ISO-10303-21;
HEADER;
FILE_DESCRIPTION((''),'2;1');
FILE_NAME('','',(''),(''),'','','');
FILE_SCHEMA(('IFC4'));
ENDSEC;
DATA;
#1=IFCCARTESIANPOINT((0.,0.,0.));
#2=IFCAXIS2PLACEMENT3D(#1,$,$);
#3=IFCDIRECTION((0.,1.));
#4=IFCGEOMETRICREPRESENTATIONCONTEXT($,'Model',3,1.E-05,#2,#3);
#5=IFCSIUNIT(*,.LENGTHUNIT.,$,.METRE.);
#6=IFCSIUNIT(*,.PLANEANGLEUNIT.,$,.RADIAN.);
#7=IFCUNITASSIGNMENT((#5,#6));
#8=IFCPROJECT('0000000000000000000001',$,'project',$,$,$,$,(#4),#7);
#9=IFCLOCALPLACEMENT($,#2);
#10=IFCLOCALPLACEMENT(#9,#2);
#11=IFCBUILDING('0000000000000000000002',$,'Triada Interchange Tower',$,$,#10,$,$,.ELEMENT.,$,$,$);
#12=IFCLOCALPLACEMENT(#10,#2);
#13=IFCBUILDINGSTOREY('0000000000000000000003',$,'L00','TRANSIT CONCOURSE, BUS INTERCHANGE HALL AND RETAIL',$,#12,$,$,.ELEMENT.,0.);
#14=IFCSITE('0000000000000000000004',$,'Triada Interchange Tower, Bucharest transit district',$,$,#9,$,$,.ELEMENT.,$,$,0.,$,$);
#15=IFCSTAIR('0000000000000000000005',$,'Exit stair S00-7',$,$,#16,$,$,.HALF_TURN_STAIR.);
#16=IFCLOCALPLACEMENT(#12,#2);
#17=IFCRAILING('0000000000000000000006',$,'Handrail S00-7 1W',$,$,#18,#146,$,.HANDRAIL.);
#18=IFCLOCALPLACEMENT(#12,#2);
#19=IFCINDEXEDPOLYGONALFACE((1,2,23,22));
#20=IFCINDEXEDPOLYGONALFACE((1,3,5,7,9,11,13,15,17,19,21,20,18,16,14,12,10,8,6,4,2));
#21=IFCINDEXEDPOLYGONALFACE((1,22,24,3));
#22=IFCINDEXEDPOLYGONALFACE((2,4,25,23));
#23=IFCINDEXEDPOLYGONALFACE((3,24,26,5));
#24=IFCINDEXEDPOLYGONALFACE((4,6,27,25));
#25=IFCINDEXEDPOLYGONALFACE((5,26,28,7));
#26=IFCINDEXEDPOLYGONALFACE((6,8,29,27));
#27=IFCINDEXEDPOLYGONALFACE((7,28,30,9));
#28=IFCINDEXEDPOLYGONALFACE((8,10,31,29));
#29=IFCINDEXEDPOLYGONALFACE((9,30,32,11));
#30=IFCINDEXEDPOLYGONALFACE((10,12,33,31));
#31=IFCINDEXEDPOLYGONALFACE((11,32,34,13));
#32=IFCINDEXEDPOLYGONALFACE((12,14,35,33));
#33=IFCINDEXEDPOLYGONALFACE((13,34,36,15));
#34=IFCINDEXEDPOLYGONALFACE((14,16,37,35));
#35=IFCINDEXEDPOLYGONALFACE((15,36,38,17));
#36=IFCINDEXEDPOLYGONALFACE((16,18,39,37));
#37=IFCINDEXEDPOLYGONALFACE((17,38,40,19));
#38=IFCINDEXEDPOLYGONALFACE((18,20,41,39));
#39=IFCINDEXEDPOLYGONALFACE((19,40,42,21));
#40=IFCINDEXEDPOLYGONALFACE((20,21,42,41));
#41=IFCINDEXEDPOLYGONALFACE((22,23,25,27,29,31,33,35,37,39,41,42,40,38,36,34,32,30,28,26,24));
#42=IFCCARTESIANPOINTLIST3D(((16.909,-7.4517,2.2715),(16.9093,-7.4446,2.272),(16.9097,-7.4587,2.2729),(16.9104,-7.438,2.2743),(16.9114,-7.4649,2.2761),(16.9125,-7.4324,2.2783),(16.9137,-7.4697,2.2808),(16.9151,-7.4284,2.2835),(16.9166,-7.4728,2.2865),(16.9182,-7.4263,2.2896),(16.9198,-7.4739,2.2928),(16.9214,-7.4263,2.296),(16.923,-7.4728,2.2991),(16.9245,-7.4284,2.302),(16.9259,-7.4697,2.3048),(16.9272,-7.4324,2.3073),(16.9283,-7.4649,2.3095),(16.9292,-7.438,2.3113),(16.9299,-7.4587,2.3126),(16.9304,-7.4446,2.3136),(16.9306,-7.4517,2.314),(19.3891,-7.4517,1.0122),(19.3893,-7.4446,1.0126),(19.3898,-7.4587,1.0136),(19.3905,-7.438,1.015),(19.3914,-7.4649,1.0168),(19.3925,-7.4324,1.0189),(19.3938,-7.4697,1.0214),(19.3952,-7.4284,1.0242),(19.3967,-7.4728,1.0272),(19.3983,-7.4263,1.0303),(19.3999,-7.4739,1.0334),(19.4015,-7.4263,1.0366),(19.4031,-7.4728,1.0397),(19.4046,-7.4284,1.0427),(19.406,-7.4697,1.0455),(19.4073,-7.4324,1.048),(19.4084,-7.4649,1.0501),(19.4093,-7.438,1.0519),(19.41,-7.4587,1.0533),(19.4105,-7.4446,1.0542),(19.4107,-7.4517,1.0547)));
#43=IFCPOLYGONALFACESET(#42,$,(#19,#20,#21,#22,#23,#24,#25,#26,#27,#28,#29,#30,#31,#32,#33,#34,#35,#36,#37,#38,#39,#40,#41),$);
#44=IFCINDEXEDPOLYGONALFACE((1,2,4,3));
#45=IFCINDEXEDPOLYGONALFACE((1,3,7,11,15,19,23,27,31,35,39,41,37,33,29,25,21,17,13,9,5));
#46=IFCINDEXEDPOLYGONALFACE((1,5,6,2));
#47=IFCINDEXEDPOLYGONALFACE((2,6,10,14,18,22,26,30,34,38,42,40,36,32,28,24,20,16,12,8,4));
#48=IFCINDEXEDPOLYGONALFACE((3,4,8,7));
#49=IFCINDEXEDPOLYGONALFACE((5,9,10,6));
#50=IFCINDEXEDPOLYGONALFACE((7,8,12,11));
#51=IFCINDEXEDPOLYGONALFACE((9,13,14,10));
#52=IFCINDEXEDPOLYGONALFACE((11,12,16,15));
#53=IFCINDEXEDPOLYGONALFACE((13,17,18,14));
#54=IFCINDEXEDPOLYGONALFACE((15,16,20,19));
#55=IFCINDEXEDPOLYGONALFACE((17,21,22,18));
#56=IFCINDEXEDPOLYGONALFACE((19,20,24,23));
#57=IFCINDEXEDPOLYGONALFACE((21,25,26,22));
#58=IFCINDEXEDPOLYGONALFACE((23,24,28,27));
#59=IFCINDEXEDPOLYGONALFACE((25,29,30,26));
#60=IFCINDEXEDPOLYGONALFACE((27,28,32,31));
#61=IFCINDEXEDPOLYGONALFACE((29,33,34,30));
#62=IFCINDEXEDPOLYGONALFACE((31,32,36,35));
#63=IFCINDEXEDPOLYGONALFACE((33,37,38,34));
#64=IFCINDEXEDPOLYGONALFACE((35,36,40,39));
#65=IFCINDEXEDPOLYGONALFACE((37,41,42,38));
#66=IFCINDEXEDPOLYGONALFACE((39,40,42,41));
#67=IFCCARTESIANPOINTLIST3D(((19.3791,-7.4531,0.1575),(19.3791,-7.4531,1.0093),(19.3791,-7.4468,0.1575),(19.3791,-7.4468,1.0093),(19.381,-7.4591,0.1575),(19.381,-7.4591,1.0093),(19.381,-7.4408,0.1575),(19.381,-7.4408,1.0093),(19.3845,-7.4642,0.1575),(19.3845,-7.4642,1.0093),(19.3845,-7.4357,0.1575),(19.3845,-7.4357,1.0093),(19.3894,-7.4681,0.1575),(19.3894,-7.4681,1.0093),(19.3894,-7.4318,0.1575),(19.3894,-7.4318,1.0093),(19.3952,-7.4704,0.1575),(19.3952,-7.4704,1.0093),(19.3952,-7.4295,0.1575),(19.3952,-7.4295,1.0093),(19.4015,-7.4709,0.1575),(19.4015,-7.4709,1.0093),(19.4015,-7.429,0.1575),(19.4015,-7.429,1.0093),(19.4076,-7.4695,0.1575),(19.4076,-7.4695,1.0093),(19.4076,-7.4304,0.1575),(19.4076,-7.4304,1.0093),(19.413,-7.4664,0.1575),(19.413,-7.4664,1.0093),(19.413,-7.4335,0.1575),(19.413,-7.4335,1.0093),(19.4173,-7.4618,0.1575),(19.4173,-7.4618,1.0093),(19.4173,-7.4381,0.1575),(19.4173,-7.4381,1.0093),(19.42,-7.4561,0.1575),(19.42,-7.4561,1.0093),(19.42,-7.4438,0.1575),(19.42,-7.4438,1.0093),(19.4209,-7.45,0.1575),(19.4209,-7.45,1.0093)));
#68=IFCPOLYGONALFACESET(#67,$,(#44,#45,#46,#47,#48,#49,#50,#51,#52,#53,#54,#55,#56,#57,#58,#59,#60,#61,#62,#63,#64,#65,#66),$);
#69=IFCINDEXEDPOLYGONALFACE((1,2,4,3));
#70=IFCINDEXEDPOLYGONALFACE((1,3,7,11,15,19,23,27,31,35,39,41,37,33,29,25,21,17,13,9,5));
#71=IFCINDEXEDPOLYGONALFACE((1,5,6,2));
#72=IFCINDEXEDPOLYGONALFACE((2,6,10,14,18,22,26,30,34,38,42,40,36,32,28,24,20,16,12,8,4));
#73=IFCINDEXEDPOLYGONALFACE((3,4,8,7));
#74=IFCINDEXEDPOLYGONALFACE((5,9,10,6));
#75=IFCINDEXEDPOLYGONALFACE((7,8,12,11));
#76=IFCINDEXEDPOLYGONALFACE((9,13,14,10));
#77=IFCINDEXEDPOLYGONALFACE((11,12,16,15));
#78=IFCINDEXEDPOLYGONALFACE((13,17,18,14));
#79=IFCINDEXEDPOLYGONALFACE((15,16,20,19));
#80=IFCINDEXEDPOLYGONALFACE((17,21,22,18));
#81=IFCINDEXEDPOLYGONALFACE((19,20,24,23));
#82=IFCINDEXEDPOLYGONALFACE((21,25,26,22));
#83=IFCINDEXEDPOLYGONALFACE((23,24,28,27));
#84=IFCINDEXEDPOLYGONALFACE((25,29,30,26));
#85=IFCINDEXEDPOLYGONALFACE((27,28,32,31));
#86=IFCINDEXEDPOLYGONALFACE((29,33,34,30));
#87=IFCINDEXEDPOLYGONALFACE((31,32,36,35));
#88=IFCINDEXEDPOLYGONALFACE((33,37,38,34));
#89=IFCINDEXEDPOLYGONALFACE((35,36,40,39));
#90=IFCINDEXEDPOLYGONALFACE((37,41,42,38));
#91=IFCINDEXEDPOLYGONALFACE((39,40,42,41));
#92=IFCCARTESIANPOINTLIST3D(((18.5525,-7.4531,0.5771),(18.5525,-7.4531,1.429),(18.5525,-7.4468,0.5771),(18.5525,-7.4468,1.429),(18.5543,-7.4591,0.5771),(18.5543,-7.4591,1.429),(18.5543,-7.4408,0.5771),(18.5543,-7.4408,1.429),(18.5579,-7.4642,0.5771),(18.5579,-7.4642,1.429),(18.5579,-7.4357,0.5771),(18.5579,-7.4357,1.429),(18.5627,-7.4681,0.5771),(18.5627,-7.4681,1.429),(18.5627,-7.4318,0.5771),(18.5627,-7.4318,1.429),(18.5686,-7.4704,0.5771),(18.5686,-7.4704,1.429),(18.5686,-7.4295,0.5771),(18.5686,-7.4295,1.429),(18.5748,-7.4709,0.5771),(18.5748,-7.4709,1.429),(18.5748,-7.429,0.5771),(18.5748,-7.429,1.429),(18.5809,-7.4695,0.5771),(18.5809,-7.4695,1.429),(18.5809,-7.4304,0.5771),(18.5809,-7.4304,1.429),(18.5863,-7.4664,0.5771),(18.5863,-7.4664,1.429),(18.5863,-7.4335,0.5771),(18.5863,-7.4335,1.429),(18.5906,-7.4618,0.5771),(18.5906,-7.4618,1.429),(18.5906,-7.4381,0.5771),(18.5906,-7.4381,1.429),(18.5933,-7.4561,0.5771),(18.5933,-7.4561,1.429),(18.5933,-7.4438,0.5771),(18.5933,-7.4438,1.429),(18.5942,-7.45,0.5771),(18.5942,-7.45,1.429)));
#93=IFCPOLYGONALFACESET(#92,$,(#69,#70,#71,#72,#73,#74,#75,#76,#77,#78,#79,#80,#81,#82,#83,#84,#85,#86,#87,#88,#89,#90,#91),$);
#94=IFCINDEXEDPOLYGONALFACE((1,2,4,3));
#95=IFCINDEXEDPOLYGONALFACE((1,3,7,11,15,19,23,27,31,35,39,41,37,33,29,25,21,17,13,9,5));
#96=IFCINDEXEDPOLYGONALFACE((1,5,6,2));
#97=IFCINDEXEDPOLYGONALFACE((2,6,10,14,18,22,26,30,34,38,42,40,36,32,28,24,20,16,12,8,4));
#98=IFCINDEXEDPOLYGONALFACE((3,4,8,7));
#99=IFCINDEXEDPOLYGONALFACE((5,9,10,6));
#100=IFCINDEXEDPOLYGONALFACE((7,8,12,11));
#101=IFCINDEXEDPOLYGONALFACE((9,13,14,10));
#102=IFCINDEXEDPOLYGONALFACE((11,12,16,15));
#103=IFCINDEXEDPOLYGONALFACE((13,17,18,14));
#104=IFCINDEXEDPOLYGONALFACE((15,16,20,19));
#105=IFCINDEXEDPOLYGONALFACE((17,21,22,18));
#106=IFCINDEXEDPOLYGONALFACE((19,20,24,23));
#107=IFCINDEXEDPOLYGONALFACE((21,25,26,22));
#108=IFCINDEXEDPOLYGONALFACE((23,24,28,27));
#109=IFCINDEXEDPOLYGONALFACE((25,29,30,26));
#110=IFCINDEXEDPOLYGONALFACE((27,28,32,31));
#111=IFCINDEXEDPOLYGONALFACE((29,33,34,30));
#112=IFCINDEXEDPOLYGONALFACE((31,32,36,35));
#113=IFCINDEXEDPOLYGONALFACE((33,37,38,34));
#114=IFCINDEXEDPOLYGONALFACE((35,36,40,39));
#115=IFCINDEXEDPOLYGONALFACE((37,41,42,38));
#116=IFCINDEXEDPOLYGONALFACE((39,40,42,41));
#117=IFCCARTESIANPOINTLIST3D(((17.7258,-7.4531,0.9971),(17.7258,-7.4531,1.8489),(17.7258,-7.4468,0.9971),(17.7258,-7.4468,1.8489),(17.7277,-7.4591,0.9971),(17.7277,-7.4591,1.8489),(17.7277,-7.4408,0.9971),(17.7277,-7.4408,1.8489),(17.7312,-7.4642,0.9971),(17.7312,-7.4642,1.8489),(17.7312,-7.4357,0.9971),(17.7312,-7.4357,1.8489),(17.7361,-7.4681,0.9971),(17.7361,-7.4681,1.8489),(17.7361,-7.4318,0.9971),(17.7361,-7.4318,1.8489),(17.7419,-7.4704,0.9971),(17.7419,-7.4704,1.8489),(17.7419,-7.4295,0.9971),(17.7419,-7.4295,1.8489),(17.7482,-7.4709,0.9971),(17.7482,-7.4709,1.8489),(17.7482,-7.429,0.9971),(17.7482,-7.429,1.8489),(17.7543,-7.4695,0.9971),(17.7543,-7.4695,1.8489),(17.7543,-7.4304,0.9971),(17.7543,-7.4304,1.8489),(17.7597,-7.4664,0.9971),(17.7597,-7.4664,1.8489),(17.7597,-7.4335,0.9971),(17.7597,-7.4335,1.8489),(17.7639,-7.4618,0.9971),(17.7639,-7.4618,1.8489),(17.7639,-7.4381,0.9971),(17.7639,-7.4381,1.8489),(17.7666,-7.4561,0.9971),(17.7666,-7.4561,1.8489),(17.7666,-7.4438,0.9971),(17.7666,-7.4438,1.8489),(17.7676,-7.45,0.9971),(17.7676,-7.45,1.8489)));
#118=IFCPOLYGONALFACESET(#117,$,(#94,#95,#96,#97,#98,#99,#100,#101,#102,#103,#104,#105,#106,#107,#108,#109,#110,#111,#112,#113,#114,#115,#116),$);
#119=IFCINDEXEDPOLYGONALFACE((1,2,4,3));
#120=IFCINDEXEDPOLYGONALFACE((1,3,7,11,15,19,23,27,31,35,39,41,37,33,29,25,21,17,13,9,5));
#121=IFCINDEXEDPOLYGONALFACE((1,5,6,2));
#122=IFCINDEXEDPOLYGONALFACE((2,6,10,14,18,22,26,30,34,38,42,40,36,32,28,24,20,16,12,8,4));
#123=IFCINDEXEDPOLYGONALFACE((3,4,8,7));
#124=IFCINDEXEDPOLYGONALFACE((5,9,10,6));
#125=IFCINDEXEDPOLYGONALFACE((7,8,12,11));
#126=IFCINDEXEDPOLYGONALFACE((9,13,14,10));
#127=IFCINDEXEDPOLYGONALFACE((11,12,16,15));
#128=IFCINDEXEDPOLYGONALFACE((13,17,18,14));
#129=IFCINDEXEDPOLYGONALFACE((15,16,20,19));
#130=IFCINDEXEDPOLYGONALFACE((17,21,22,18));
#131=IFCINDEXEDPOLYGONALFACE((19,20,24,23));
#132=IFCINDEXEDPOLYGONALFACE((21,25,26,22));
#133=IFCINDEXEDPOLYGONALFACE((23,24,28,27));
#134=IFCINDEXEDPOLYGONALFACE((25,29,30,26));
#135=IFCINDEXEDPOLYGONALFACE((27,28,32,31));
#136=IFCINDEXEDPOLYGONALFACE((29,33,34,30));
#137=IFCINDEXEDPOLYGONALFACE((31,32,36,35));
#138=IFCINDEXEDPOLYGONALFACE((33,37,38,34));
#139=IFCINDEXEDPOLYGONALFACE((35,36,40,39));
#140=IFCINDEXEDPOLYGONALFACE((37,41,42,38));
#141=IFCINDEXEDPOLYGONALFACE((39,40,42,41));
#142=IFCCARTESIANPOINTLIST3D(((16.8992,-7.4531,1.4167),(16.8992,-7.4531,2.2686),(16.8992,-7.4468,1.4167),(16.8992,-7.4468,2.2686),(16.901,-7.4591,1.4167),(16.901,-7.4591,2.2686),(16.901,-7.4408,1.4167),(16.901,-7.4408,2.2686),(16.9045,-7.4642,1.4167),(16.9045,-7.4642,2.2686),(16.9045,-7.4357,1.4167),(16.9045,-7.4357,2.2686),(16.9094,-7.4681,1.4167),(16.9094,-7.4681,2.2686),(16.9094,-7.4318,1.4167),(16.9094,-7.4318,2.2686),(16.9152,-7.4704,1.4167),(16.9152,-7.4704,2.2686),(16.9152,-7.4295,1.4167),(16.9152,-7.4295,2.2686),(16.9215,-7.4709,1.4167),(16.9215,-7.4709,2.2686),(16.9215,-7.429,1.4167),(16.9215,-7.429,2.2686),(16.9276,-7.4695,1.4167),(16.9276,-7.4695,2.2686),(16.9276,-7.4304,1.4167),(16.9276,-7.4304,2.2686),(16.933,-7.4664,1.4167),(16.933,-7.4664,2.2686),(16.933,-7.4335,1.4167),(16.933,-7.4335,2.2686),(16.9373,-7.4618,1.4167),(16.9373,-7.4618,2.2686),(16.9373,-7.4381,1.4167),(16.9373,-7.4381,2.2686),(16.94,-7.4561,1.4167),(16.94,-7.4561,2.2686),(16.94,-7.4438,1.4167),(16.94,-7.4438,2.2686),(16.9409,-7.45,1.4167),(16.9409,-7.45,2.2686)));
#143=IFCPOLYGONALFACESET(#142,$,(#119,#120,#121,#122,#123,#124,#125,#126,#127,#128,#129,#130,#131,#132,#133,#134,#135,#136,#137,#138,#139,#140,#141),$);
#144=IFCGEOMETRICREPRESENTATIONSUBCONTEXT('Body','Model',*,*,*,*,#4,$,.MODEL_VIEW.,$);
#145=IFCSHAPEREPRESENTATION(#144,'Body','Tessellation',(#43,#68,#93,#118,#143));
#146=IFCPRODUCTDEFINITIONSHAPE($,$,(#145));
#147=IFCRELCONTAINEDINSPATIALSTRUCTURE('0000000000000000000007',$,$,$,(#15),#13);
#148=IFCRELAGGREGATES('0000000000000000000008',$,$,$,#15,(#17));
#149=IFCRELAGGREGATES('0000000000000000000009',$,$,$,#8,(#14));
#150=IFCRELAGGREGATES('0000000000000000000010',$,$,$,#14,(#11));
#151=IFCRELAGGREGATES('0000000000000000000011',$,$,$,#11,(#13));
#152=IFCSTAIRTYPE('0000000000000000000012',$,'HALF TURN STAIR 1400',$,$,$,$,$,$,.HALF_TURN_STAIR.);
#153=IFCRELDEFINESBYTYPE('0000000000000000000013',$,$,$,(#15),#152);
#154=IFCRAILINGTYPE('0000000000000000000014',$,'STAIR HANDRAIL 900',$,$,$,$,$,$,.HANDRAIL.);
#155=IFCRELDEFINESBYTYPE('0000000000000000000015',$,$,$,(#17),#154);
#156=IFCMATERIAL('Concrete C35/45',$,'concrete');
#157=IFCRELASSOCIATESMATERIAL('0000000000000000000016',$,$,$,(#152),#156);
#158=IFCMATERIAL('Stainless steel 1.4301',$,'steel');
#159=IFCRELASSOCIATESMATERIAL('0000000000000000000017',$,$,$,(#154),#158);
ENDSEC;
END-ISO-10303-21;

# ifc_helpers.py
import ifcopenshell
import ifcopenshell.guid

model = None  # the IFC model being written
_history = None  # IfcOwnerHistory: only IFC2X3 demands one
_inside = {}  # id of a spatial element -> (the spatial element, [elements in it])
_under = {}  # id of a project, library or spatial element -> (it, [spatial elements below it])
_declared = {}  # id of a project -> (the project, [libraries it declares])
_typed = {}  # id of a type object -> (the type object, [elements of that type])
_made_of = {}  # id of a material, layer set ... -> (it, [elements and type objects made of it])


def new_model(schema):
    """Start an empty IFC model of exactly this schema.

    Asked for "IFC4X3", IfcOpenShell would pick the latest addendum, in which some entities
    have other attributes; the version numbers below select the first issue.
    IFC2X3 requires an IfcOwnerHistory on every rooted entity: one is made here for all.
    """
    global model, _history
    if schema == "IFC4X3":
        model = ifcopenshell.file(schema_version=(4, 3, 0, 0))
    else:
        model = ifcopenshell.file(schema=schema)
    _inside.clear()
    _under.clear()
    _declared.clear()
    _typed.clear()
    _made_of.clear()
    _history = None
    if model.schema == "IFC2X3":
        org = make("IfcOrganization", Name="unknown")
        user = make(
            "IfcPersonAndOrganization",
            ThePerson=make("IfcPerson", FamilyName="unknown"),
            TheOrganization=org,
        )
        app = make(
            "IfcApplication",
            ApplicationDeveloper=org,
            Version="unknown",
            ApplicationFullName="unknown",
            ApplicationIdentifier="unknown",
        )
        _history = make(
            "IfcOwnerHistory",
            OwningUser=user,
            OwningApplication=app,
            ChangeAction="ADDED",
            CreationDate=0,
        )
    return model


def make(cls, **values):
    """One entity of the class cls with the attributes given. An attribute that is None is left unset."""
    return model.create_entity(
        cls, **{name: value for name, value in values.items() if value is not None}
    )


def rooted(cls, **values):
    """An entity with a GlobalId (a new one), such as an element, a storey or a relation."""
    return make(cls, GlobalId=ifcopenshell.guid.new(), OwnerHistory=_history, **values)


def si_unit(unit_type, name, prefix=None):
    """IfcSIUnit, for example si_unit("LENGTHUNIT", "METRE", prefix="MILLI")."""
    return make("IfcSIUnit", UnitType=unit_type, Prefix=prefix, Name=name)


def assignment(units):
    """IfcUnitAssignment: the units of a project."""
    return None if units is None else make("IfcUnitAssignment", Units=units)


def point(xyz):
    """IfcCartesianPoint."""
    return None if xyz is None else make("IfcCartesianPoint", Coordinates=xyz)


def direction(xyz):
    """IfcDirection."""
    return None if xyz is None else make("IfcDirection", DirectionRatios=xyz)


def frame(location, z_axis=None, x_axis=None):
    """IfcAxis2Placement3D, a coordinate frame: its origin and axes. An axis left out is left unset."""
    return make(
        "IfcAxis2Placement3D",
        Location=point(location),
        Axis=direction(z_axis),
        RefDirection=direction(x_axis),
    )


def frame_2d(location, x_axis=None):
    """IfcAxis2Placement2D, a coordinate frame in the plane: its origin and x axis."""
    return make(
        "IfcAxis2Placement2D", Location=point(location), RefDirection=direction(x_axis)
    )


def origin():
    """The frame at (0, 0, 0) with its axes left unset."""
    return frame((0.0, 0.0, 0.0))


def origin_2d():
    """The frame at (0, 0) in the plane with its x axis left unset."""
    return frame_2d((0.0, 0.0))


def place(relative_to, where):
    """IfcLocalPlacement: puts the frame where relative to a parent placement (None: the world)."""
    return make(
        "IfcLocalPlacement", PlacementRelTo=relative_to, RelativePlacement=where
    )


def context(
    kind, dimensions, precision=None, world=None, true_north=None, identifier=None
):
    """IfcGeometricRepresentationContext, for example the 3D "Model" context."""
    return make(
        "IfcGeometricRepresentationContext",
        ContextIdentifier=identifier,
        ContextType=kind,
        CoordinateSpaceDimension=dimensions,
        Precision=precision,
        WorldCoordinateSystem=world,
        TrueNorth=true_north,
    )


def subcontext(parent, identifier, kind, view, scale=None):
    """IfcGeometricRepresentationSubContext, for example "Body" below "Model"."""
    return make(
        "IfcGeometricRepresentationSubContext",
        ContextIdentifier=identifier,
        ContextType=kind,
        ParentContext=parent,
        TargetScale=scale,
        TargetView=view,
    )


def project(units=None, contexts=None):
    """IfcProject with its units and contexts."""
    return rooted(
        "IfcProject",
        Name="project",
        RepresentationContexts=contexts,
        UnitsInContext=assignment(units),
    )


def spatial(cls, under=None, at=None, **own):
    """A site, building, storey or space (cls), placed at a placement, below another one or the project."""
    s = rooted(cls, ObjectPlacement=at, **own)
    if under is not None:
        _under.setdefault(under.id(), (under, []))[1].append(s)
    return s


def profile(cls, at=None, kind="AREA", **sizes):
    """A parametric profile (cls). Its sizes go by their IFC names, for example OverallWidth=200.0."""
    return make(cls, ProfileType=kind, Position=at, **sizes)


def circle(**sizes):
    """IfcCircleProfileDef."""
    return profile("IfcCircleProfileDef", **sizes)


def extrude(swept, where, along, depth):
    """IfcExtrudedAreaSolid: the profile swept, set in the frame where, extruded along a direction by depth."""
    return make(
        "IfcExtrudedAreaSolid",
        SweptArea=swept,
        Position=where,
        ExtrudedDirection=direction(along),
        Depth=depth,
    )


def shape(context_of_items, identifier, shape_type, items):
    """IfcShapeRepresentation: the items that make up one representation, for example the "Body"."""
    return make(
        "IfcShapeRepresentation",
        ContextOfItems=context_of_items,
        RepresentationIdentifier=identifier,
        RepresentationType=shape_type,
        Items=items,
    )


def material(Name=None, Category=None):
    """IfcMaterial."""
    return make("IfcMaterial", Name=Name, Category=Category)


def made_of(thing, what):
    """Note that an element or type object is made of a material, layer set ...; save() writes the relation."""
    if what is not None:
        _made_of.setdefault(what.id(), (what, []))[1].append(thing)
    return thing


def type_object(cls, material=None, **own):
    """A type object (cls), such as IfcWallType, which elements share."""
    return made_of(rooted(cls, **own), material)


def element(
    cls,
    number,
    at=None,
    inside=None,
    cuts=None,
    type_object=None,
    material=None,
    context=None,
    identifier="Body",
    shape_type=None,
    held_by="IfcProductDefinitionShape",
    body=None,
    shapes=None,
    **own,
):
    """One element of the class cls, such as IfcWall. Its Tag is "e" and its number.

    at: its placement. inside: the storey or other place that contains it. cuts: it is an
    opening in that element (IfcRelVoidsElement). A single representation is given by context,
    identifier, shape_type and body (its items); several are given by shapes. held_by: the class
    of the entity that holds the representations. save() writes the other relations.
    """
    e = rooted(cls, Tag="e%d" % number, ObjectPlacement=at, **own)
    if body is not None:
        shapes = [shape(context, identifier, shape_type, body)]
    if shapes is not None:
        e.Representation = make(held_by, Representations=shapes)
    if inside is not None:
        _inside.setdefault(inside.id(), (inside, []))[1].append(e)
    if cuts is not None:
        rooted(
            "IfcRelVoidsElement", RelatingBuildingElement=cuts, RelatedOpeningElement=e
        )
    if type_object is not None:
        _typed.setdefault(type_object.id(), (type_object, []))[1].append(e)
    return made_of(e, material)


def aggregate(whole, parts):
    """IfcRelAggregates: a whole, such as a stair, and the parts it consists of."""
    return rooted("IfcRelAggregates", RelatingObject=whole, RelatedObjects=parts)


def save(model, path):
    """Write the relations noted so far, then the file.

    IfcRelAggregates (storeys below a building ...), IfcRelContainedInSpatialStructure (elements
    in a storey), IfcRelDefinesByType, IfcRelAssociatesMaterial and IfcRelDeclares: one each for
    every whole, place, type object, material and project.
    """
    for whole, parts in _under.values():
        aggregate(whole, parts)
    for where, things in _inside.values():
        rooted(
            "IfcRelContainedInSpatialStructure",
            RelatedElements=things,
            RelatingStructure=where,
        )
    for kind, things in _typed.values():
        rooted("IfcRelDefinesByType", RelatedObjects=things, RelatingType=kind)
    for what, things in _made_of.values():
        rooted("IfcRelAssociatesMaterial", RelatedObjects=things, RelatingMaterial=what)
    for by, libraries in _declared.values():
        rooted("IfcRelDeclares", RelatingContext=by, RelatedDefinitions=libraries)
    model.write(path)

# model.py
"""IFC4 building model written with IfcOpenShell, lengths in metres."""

from ifc_helpers import new_model, si_unit, direction, frame, origin, origin_2d, place, context, subcontext, project, spatial, circle, extrude, material, type_object, element, aggregate, save


model = new_model("IFC4")

# Units and contexts
model_context = context("Model", 3, precision=1e-05, world=origin(), true_north=direction((0.0, 1.0)))
body_context = subcontext(model_context, "Body", "Model", "MODEL_VIEW")
ifc_project = project(units=[si_unit("LENGTHUNIT", "METRE"), si_unit("PLANEANGLEUNIT", "RADIAN")], contexts=[model_context])

# Site, building, storey
site_placement = place(None, origin())
site = spatial("IfcSite", under=ifc_project, at=site_placement, Name="Triada Interchange Tower, Bucharest transit district", CompositionType="ELEMENT", RefElevation=0.0)
building_placement = place(site_placement, origin())
building = spatial("IfcBuilding", under=site, at=building_placement, Name="Triada Interchange Tower", CompositionType="ELEMENT")
storey_placement = place(building_placement, origin())
storey = spatial("IfcBuildingStorey", under=building, at=storey_placement, Name="L00", Description="TRANSIT CONCOURSE, BUS INTERCHANGE HALL AND RETAIL", CompositionType="ELEMENT", Elevation=0.0)

# Shared definitions
ifc_material_1 = material(Name="Concrete C35/45", Category="concrete")

# Stair, railing
stair_type = type_object("IfcStairType", Name="HALF TURN STAIR 1400", PredefinedType="HALF_TURN_STAIR", material=ifc_material_1)
stair_placement = place(storey_placement, origin())
stair = element("IfcStair", 1, at=stair_placement, inside=storey, type_object=stair_type, Name="Exit stair S00-7", PredefinedType="HALF_TURN_STAIR")
ifc_material_2 = material(Name="Stainless steel 1.4301", Category="steel")
railing_type_1 = type_object("IfcRailingType", Name="STAIR HANDRAIL 900", PredefinedType="HANDRAIL", material=ifc_material_2)
railing_1_placement = place(storey_placement, frame((19.3999, -7.45, 0.1575)))
railing_1 = element("IfcRailing", 2, at=railing_1_placement, type_object=railing_type_1, Name="Handrail S00-7 1W", PredefinedType="HANDRAIL", context=body_context, shape_type="SweptSolid", body=[
    extrude(circle(Radius=0.0239, at=origin_2d()), frame((0.0, 0.0, 0.876), z_axis=(-0.891636, 0.0, 0.452752), x_axis=(0.0, -1.0, 0.0)), (0.0, 0.0, 1.0), 2.7815),
    extrude(circle(Radius=0.021, at=origin_2d()), origin(), (0.0, 0.0, 1.0), 0.8518),
    extrude(circle(Radius=0.021, at=origin_2d()), frame((-0.8267, 0.0, 0.4197)), (0.0, 0.0, 1.0), 0.8518),
    extrude(circle(Radius=0.021, at=origin_2d()), frame((-1.6533, 0.0, 0.8396)), (0.0, 0.0, 1.0), 0.8518),
    extrude(circle(Radius=0.021, at=origin_2d()), frame((-2.48, 0.0, 1.2593)), (0.0, 0.0, 1.0), 0.8518),
])
aggregate(stair, [railing_1])

save(model, "model.ifc")
